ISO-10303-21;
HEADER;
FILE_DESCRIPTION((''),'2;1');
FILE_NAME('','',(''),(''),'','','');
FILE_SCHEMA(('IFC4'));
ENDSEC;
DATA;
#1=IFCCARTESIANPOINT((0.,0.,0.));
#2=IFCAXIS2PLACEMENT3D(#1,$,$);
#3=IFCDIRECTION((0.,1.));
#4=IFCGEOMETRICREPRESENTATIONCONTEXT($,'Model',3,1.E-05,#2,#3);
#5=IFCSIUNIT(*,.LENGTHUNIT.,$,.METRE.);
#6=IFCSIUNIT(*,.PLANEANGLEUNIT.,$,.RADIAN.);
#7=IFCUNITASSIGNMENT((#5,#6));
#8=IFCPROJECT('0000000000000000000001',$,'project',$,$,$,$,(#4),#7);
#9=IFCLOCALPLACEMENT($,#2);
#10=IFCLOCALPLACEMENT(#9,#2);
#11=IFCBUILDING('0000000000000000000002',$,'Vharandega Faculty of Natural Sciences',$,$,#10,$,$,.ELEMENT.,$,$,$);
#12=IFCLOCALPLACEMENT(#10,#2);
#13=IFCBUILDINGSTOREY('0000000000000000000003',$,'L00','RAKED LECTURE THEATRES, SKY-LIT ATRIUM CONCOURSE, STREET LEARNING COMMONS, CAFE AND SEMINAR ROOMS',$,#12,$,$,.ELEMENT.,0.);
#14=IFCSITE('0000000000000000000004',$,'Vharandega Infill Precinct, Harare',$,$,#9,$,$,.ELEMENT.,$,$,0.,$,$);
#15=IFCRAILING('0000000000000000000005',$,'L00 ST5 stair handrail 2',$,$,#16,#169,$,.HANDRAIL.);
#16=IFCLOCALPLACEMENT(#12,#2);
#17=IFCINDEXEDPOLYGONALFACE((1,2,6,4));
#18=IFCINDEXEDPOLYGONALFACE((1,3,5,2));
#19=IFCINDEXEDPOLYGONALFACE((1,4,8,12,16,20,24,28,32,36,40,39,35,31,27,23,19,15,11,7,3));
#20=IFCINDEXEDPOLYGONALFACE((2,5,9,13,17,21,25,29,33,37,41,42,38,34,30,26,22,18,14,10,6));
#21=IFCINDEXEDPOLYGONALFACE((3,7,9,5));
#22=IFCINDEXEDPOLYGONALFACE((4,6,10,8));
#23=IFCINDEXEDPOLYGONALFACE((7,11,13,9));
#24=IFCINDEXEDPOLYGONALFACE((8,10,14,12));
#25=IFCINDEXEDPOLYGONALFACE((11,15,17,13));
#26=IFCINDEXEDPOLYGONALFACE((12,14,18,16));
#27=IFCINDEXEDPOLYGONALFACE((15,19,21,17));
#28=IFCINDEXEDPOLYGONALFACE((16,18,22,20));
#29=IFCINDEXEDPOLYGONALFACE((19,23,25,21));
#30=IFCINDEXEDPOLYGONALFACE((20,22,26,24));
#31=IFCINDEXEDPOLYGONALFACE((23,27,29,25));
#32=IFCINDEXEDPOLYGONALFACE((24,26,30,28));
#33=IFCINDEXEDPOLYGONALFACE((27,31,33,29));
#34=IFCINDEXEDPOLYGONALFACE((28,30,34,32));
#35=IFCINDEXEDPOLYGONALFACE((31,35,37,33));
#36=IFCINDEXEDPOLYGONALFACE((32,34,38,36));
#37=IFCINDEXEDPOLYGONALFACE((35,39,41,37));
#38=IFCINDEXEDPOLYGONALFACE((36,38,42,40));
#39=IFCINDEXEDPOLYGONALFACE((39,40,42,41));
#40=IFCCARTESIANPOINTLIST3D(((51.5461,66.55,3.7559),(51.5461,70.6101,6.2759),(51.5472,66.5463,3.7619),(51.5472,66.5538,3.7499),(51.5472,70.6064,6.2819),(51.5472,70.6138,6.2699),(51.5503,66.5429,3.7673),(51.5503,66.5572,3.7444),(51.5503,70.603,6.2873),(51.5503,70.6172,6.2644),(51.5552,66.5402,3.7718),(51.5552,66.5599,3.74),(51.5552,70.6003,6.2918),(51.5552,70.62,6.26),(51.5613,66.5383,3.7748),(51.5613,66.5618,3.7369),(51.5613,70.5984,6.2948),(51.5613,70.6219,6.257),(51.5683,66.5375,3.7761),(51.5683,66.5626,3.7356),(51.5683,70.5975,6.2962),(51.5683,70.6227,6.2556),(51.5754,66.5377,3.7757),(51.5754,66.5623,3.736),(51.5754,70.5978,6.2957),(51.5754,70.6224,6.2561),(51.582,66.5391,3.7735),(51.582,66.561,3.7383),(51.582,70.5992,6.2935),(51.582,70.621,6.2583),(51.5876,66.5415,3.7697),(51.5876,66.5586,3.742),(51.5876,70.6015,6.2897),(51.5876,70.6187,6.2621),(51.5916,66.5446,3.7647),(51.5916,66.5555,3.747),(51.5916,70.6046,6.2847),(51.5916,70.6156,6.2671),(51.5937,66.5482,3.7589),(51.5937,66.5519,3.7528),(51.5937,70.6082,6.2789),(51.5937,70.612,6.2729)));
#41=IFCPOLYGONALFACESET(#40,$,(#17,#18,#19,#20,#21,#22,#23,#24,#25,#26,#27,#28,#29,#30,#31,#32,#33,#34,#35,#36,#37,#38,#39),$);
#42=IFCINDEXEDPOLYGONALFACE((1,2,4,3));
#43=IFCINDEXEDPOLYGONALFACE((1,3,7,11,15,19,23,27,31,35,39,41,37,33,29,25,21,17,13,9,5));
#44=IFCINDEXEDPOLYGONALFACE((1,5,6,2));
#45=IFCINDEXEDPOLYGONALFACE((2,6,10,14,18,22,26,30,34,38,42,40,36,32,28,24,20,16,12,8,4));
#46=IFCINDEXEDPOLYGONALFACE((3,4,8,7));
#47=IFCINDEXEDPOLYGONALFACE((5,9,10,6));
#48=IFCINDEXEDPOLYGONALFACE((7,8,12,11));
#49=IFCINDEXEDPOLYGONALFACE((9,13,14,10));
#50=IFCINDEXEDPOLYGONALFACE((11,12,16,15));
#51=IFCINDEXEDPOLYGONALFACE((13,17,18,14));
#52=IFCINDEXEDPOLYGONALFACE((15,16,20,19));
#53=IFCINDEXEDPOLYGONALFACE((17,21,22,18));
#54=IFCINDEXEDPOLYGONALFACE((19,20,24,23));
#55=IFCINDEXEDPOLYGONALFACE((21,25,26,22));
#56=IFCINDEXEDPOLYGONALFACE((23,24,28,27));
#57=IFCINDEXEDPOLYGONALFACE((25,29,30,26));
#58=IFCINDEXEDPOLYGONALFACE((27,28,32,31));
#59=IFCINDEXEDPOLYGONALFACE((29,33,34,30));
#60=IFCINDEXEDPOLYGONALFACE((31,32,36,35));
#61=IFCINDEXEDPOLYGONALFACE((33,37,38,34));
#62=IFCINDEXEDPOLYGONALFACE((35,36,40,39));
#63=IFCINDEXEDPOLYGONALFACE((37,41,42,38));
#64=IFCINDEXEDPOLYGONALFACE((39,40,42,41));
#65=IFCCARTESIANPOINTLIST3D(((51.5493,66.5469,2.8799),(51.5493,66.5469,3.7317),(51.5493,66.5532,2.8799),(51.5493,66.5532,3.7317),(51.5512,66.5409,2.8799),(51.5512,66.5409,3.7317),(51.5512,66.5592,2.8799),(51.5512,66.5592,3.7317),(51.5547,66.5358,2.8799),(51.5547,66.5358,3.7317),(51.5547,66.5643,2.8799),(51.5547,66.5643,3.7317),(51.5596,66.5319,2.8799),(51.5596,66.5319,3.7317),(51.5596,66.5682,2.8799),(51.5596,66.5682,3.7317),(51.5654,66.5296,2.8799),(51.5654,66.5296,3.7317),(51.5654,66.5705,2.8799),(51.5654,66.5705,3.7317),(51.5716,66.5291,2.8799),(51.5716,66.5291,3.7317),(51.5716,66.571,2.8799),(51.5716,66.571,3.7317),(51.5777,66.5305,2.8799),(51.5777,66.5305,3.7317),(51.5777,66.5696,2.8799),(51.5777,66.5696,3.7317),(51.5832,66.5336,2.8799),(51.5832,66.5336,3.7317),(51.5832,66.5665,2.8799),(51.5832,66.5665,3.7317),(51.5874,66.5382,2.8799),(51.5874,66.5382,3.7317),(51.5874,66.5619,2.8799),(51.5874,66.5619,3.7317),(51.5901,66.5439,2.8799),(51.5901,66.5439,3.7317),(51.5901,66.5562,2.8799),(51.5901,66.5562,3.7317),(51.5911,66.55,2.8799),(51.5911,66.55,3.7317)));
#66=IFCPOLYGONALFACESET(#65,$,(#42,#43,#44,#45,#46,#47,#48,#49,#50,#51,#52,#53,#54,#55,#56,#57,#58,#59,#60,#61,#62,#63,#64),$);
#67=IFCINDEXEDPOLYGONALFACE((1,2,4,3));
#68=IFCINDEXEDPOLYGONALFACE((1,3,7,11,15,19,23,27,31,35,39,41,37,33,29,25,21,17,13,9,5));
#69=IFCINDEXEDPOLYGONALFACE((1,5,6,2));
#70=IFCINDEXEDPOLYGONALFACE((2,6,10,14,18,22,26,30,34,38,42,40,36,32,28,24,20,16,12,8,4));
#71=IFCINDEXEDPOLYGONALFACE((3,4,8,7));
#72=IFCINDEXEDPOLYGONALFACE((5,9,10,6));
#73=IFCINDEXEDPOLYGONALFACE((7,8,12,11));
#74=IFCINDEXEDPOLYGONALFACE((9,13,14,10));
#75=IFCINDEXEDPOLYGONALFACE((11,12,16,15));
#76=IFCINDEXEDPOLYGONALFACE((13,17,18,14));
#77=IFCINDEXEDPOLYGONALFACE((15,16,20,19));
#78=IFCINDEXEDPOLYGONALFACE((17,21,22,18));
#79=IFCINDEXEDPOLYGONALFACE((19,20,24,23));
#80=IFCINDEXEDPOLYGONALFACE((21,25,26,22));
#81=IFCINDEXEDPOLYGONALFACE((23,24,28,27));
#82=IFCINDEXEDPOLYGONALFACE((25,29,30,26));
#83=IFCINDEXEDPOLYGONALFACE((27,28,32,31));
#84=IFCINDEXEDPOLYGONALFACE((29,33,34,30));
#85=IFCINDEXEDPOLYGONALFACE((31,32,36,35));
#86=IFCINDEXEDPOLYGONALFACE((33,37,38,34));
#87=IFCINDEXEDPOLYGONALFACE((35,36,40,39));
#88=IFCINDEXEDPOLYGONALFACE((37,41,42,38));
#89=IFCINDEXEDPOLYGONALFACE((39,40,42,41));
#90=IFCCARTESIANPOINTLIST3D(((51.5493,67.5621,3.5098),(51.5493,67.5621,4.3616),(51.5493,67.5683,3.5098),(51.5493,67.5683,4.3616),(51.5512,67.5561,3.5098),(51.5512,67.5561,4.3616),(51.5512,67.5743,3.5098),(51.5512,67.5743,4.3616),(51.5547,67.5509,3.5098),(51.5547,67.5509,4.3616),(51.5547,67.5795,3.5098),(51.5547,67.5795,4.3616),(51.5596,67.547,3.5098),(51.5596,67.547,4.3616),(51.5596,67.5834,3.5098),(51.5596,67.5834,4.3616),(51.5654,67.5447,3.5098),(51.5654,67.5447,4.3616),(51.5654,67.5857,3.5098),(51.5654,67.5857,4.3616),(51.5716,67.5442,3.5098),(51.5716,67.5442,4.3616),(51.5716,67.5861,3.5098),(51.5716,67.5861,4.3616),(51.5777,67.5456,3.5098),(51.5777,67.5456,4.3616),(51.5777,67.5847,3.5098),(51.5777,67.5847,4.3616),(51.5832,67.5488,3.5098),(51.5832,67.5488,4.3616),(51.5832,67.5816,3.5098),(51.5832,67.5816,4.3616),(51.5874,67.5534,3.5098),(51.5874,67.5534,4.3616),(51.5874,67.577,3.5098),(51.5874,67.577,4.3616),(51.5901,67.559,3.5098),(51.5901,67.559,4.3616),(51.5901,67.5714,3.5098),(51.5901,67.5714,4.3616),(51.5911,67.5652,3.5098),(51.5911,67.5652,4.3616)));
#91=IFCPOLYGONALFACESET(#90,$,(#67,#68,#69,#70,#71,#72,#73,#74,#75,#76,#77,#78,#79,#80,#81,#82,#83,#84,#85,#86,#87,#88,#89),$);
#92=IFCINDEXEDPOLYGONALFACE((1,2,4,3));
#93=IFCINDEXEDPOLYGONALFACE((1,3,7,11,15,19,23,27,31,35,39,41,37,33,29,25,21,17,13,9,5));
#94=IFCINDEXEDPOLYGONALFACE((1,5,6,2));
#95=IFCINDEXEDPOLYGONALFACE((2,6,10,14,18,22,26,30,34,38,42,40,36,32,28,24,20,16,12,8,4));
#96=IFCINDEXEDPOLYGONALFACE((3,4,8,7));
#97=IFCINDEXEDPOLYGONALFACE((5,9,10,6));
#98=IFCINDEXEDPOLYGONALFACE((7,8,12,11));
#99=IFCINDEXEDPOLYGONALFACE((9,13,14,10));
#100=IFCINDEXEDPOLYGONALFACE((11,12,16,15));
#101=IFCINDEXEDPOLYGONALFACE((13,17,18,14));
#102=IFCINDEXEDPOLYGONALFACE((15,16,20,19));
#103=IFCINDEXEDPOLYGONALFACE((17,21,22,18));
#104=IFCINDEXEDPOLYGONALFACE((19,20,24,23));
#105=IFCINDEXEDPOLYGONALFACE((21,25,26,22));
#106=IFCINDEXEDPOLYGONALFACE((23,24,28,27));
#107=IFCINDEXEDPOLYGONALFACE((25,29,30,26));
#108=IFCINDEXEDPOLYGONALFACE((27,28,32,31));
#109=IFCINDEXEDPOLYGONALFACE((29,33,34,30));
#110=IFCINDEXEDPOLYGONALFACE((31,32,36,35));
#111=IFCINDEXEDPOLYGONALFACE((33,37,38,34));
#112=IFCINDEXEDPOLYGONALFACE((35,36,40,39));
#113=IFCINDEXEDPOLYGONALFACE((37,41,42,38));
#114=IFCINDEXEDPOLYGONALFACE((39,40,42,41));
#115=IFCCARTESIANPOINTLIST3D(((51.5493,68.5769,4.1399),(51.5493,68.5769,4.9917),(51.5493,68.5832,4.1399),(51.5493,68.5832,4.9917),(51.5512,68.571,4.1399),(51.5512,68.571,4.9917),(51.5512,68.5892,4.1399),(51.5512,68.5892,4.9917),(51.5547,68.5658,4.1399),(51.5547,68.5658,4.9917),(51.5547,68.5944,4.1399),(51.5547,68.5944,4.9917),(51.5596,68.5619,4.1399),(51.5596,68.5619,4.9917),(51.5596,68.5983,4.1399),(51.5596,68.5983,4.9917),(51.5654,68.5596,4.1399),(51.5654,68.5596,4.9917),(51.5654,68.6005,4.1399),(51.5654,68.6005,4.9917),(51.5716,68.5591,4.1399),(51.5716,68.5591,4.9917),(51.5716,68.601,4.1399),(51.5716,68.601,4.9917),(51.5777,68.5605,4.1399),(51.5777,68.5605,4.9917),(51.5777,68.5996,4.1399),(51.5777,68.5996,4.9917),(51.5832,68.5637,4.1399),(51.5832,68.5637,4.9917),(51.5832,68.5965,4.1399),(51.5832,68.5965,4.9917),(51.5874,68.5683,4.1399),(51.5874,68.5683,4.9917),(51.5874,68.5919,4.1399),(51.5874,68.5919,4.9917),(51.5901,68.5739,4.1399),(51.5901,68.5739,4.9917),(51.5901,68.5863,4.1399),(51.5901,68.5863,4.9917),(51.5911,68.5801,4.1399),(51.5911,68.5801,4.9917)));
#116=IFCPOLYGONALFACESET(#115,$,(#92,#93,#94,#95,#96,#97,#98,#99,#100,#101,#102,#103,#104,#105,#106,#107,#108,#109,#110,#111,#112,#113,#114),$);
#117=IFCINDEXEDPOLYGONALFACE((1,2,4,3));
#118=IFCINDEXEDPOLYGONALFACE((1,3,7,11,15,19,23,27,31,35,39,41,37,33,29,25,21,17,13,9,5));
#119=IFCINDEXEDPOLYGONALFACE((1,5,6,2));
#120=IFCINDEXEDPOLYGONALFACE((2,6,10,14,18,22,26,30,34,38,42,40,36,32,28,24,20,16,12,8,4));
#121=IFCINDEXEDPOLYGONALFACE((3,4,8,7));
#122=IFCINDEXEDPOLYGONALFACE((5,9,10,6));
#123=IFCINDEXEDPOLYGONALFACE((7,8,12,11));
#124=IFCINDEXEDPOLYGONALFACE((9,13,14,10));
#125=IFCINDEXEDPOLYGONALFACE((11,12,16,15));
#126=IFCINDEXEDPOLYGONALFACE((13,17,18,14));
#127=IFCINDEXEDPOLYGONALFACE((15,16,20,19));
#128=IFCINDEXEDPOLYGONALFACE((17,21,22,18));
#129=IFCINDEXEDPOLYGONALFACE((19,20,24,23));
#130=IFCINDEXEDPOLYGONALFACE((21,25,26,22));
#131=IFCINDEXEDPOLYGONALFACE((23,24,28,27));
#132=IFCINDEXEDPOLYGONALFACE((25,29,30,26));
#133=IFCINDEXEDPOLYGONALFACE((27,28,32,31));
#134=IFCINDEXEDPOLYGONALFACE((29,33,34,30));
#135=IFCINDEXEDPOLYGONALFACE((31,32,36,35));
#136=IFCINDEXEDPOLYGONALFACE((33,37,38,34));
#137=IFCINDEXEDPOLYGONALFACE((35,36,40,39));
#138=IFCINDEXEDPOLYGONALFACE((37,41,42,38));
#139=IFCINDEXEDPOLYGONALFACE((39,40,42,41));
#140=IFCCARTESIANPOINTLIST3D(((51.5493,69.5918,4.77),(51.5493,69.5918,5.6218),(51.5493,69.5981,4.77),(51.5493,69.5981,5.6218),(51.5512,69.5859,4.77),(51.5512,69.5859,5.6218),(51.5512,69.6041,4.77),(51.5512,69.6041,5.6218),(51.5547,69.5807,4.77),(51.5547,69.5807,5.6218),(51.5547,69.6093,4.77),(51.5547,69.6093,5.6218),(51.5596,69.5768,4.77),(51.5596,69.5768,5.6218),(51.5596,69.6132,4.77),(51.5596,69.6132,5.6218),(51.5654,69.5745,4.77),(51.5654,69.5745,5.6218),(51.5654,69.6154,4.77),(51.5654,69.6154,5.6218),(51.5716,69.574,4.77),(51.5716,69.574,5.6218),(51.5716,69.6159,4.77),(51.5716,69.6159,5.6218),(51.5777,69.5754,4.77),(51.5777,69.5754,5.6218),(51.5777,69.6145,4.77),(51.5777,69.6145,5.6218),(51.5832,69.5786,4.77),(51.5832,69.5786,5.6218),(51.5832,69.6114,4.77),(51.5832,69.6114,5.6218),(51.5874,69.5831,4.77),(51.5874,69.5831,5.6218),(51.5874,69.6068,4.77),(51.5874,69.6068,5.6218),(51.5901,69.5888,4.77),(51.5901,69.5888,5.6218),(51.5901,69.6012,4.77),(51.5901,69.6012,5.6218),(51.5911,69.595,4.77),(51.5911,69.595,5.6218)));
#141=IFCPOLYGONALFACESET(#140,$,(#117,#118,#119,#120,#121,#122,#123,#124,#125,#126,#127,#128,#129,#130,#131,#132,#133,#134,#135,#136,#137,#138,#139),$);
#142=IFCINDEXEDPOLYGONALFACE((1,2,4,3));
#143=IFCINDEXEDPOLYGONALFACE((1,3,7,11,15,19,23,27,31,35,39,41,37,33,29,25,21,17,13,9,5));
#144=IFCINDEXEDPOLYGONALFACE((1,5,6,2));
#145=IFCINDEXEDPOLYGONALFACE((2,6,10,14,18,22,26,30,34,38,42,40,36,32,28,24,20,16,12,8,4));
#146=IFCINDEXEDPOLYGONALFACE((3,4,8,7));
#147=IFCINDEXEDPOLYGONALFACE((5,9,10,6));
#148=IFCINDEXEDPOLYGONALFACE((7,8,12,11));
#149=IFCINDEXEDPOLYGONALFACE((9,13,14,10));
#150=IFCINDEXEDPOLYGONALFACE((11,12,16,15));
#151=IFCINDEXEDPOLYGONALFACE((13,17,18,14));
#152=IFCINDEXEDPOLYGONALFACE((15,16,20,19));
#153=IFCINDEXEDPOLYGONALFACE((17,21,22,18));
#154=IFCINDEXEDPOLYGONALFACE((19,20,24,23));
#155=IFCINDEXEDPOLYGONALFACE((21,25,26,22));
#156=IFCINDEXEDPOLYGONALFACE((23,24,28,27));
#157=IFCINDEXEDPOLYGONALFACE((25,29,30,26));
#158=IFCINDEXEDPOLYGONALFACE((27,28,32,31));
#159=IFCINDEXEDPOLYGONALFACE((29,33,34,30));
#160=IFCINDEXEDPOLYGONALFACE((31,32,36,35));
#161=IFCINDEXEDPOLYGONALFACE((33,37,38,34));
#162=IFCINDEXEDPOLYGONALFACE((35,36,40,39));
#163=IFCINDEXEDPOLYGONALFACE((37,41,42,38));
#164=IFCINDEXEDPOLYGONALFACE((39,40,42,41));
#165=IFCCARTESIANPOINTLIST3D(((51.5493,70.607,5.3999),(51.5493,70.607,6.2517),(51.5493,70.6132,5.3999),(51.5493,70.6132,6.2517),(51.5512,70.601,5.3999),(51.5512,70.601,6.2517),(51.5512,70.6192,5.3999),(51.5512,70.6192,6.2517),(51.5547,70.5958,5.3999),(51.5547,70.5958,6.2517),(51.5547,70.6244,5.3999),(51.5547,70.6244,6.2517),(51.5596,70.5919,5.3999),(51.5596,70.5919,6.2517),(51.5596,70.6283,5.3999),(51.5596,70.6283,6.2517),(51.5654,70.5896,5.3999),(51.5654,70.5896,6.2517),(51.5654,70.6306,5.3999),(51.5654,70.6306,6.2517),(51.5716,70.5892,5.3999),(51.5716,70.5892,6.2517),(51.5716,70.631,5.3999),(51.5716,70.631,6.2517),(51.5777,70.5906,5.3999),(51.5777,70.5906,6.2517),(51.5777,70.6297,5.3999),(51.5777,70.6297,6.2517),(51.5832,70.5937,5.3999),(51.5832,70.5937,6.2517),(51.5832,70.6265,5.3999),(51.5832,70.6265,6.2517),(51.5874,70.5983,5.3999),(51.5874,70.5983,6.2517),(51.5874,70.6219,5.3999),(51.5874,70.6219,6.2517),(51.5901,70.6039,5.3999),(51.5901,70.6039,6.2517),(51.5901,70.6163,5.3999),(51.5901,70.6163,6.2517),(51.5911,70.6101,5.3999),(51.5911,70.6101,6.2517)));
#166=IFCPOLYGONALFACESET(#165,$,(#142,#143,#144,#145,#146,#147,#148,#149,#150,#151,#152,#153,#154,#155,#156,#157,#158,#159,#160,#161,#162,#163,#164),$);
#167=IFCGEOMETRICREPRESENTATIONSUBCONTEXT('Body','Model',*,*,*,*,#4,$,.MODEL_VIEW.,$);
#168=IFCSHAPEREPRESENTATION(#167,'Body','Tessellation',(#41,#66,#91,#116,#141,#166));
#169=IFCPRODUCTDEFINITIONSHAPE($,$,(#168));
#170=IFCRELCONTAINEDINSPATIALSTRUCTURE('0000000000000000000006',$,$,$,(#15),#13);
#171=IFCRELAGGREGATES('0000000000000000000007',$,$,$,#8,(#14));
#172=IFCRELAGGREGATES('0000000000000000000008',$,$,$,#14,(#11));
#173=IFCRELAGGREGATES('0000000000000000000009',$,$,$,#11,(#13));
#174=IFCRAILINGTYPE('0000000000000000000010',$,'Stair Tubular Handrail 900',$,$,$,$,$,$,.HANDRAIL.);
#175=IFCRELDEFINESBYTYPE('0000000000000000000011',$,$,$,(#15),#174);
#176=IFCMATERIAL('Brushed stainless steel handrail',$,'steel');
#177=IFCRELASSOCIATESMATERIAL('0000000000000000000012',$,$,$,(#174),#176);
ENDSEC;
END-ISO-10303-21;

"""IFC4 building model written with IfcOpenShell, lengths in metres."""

from ifc_helpers import new_model, si_unit, direction, frame, origin, origin_2d, place, context, subcontext, project, spatial, circle, extrude, material, type_object, element, save


model = new_model("IFC4")

# Units and contexts
model_context = context("Model", 3, precision=1e-05, world=origin(), true_north=direction((0.0, 1.0)))
body_context = subcontext(model_context, "Body", "Model", "MODEL_VIEW")
ifc_project = project(units=[si_unit("LENGTHUNIT", "METRE"), si_unit("PLANEANGLEUNIT", "RADIAN")], contexts=[model_context])

# Site, building, storey
site_placement = place(None, origin())
site = spatial("IfcSite", under=ifc_project, at=site_placement, Name="Vharandega Infill Precinct, Harare", CompositionType="ELEMENT", RefElevation=0.0)
building_placement = place(site_placement, origin())
building = spatial("IfcBuilding", under=site, at=building_placement, Name="Vharandega Faculty of Natural Sciences", CompositionType="ELEMENT")
storey_placement = place(building_placement, origin())
storey = spatial("IfcBuildingStorey", under=building, at=storey_placement, Name="L00", Description="RAKED LECTURE THEATRES, SKY-LIT ATRIUM CONCOURSE, STREET LEARNING COMMONS, CAFE AND SEMINAR ROOMS", CompositionType="ELEMENT", Elevation=0.0)

# Railing
ifc_material_1 = material(Name="Brushed stainless steel handrail", Category="steel")
railing_type_1 = type_object("IfcRailingType", Name="Stair Tubular Handrail 900", PredefinedType="HANDRAIL", material=ifc_material_1)
railing_1_placement = place(storey_placement, frame((51.5701, 66.55, 2.8799)))
element("IfcRailing", 1, at=railing_1_placement, inside=storey, type_object=railing_type_1, Name="L00 ST5 stair handrail 2", PredefinedType="HANDRAIL", context=body_context, shape_type="SweptSolid", body=[
    extrude(circle(Radius=0.0239, at=origin_2d()), frame((0.0, 0.0, 0.876), z_axis=(0.0, 0.849642, 0.52736), x_axis=(-1.0, 0.0, 0.0)), (0.0, 0.0, 1.0), 4.7786),
    extrude(circle(Radius=0.021, at=origin_2d()), origin(), (0.0, 0.0, 1.0), 0.8518),
    extrude(circle(Radius=0.021, at=origin_2d()), frame((0.0, 1.0151, 0.6299)), (0.0, 0.0, 1.0), 0.8518),
    extrude(circle(Radius=0.021, at=origin_2d()), frame((0.0, 2.03, 1.26)), (0.0, 0.0, 1.0), 0.8518),
    extrude(circle(Radius=0.021, at=origin_2d()), frame((0.0, 3.0449, 1.8901)), (0.0, 0.0, 1.0), 0.8518),
    extrude(circle(Radius=0.021, at=origin_2d()), frame((0.0, 4.0601, 2.52)), (0.0, 0.0, 1.0), 0.8518),
])

save(model, "model.ifc")
